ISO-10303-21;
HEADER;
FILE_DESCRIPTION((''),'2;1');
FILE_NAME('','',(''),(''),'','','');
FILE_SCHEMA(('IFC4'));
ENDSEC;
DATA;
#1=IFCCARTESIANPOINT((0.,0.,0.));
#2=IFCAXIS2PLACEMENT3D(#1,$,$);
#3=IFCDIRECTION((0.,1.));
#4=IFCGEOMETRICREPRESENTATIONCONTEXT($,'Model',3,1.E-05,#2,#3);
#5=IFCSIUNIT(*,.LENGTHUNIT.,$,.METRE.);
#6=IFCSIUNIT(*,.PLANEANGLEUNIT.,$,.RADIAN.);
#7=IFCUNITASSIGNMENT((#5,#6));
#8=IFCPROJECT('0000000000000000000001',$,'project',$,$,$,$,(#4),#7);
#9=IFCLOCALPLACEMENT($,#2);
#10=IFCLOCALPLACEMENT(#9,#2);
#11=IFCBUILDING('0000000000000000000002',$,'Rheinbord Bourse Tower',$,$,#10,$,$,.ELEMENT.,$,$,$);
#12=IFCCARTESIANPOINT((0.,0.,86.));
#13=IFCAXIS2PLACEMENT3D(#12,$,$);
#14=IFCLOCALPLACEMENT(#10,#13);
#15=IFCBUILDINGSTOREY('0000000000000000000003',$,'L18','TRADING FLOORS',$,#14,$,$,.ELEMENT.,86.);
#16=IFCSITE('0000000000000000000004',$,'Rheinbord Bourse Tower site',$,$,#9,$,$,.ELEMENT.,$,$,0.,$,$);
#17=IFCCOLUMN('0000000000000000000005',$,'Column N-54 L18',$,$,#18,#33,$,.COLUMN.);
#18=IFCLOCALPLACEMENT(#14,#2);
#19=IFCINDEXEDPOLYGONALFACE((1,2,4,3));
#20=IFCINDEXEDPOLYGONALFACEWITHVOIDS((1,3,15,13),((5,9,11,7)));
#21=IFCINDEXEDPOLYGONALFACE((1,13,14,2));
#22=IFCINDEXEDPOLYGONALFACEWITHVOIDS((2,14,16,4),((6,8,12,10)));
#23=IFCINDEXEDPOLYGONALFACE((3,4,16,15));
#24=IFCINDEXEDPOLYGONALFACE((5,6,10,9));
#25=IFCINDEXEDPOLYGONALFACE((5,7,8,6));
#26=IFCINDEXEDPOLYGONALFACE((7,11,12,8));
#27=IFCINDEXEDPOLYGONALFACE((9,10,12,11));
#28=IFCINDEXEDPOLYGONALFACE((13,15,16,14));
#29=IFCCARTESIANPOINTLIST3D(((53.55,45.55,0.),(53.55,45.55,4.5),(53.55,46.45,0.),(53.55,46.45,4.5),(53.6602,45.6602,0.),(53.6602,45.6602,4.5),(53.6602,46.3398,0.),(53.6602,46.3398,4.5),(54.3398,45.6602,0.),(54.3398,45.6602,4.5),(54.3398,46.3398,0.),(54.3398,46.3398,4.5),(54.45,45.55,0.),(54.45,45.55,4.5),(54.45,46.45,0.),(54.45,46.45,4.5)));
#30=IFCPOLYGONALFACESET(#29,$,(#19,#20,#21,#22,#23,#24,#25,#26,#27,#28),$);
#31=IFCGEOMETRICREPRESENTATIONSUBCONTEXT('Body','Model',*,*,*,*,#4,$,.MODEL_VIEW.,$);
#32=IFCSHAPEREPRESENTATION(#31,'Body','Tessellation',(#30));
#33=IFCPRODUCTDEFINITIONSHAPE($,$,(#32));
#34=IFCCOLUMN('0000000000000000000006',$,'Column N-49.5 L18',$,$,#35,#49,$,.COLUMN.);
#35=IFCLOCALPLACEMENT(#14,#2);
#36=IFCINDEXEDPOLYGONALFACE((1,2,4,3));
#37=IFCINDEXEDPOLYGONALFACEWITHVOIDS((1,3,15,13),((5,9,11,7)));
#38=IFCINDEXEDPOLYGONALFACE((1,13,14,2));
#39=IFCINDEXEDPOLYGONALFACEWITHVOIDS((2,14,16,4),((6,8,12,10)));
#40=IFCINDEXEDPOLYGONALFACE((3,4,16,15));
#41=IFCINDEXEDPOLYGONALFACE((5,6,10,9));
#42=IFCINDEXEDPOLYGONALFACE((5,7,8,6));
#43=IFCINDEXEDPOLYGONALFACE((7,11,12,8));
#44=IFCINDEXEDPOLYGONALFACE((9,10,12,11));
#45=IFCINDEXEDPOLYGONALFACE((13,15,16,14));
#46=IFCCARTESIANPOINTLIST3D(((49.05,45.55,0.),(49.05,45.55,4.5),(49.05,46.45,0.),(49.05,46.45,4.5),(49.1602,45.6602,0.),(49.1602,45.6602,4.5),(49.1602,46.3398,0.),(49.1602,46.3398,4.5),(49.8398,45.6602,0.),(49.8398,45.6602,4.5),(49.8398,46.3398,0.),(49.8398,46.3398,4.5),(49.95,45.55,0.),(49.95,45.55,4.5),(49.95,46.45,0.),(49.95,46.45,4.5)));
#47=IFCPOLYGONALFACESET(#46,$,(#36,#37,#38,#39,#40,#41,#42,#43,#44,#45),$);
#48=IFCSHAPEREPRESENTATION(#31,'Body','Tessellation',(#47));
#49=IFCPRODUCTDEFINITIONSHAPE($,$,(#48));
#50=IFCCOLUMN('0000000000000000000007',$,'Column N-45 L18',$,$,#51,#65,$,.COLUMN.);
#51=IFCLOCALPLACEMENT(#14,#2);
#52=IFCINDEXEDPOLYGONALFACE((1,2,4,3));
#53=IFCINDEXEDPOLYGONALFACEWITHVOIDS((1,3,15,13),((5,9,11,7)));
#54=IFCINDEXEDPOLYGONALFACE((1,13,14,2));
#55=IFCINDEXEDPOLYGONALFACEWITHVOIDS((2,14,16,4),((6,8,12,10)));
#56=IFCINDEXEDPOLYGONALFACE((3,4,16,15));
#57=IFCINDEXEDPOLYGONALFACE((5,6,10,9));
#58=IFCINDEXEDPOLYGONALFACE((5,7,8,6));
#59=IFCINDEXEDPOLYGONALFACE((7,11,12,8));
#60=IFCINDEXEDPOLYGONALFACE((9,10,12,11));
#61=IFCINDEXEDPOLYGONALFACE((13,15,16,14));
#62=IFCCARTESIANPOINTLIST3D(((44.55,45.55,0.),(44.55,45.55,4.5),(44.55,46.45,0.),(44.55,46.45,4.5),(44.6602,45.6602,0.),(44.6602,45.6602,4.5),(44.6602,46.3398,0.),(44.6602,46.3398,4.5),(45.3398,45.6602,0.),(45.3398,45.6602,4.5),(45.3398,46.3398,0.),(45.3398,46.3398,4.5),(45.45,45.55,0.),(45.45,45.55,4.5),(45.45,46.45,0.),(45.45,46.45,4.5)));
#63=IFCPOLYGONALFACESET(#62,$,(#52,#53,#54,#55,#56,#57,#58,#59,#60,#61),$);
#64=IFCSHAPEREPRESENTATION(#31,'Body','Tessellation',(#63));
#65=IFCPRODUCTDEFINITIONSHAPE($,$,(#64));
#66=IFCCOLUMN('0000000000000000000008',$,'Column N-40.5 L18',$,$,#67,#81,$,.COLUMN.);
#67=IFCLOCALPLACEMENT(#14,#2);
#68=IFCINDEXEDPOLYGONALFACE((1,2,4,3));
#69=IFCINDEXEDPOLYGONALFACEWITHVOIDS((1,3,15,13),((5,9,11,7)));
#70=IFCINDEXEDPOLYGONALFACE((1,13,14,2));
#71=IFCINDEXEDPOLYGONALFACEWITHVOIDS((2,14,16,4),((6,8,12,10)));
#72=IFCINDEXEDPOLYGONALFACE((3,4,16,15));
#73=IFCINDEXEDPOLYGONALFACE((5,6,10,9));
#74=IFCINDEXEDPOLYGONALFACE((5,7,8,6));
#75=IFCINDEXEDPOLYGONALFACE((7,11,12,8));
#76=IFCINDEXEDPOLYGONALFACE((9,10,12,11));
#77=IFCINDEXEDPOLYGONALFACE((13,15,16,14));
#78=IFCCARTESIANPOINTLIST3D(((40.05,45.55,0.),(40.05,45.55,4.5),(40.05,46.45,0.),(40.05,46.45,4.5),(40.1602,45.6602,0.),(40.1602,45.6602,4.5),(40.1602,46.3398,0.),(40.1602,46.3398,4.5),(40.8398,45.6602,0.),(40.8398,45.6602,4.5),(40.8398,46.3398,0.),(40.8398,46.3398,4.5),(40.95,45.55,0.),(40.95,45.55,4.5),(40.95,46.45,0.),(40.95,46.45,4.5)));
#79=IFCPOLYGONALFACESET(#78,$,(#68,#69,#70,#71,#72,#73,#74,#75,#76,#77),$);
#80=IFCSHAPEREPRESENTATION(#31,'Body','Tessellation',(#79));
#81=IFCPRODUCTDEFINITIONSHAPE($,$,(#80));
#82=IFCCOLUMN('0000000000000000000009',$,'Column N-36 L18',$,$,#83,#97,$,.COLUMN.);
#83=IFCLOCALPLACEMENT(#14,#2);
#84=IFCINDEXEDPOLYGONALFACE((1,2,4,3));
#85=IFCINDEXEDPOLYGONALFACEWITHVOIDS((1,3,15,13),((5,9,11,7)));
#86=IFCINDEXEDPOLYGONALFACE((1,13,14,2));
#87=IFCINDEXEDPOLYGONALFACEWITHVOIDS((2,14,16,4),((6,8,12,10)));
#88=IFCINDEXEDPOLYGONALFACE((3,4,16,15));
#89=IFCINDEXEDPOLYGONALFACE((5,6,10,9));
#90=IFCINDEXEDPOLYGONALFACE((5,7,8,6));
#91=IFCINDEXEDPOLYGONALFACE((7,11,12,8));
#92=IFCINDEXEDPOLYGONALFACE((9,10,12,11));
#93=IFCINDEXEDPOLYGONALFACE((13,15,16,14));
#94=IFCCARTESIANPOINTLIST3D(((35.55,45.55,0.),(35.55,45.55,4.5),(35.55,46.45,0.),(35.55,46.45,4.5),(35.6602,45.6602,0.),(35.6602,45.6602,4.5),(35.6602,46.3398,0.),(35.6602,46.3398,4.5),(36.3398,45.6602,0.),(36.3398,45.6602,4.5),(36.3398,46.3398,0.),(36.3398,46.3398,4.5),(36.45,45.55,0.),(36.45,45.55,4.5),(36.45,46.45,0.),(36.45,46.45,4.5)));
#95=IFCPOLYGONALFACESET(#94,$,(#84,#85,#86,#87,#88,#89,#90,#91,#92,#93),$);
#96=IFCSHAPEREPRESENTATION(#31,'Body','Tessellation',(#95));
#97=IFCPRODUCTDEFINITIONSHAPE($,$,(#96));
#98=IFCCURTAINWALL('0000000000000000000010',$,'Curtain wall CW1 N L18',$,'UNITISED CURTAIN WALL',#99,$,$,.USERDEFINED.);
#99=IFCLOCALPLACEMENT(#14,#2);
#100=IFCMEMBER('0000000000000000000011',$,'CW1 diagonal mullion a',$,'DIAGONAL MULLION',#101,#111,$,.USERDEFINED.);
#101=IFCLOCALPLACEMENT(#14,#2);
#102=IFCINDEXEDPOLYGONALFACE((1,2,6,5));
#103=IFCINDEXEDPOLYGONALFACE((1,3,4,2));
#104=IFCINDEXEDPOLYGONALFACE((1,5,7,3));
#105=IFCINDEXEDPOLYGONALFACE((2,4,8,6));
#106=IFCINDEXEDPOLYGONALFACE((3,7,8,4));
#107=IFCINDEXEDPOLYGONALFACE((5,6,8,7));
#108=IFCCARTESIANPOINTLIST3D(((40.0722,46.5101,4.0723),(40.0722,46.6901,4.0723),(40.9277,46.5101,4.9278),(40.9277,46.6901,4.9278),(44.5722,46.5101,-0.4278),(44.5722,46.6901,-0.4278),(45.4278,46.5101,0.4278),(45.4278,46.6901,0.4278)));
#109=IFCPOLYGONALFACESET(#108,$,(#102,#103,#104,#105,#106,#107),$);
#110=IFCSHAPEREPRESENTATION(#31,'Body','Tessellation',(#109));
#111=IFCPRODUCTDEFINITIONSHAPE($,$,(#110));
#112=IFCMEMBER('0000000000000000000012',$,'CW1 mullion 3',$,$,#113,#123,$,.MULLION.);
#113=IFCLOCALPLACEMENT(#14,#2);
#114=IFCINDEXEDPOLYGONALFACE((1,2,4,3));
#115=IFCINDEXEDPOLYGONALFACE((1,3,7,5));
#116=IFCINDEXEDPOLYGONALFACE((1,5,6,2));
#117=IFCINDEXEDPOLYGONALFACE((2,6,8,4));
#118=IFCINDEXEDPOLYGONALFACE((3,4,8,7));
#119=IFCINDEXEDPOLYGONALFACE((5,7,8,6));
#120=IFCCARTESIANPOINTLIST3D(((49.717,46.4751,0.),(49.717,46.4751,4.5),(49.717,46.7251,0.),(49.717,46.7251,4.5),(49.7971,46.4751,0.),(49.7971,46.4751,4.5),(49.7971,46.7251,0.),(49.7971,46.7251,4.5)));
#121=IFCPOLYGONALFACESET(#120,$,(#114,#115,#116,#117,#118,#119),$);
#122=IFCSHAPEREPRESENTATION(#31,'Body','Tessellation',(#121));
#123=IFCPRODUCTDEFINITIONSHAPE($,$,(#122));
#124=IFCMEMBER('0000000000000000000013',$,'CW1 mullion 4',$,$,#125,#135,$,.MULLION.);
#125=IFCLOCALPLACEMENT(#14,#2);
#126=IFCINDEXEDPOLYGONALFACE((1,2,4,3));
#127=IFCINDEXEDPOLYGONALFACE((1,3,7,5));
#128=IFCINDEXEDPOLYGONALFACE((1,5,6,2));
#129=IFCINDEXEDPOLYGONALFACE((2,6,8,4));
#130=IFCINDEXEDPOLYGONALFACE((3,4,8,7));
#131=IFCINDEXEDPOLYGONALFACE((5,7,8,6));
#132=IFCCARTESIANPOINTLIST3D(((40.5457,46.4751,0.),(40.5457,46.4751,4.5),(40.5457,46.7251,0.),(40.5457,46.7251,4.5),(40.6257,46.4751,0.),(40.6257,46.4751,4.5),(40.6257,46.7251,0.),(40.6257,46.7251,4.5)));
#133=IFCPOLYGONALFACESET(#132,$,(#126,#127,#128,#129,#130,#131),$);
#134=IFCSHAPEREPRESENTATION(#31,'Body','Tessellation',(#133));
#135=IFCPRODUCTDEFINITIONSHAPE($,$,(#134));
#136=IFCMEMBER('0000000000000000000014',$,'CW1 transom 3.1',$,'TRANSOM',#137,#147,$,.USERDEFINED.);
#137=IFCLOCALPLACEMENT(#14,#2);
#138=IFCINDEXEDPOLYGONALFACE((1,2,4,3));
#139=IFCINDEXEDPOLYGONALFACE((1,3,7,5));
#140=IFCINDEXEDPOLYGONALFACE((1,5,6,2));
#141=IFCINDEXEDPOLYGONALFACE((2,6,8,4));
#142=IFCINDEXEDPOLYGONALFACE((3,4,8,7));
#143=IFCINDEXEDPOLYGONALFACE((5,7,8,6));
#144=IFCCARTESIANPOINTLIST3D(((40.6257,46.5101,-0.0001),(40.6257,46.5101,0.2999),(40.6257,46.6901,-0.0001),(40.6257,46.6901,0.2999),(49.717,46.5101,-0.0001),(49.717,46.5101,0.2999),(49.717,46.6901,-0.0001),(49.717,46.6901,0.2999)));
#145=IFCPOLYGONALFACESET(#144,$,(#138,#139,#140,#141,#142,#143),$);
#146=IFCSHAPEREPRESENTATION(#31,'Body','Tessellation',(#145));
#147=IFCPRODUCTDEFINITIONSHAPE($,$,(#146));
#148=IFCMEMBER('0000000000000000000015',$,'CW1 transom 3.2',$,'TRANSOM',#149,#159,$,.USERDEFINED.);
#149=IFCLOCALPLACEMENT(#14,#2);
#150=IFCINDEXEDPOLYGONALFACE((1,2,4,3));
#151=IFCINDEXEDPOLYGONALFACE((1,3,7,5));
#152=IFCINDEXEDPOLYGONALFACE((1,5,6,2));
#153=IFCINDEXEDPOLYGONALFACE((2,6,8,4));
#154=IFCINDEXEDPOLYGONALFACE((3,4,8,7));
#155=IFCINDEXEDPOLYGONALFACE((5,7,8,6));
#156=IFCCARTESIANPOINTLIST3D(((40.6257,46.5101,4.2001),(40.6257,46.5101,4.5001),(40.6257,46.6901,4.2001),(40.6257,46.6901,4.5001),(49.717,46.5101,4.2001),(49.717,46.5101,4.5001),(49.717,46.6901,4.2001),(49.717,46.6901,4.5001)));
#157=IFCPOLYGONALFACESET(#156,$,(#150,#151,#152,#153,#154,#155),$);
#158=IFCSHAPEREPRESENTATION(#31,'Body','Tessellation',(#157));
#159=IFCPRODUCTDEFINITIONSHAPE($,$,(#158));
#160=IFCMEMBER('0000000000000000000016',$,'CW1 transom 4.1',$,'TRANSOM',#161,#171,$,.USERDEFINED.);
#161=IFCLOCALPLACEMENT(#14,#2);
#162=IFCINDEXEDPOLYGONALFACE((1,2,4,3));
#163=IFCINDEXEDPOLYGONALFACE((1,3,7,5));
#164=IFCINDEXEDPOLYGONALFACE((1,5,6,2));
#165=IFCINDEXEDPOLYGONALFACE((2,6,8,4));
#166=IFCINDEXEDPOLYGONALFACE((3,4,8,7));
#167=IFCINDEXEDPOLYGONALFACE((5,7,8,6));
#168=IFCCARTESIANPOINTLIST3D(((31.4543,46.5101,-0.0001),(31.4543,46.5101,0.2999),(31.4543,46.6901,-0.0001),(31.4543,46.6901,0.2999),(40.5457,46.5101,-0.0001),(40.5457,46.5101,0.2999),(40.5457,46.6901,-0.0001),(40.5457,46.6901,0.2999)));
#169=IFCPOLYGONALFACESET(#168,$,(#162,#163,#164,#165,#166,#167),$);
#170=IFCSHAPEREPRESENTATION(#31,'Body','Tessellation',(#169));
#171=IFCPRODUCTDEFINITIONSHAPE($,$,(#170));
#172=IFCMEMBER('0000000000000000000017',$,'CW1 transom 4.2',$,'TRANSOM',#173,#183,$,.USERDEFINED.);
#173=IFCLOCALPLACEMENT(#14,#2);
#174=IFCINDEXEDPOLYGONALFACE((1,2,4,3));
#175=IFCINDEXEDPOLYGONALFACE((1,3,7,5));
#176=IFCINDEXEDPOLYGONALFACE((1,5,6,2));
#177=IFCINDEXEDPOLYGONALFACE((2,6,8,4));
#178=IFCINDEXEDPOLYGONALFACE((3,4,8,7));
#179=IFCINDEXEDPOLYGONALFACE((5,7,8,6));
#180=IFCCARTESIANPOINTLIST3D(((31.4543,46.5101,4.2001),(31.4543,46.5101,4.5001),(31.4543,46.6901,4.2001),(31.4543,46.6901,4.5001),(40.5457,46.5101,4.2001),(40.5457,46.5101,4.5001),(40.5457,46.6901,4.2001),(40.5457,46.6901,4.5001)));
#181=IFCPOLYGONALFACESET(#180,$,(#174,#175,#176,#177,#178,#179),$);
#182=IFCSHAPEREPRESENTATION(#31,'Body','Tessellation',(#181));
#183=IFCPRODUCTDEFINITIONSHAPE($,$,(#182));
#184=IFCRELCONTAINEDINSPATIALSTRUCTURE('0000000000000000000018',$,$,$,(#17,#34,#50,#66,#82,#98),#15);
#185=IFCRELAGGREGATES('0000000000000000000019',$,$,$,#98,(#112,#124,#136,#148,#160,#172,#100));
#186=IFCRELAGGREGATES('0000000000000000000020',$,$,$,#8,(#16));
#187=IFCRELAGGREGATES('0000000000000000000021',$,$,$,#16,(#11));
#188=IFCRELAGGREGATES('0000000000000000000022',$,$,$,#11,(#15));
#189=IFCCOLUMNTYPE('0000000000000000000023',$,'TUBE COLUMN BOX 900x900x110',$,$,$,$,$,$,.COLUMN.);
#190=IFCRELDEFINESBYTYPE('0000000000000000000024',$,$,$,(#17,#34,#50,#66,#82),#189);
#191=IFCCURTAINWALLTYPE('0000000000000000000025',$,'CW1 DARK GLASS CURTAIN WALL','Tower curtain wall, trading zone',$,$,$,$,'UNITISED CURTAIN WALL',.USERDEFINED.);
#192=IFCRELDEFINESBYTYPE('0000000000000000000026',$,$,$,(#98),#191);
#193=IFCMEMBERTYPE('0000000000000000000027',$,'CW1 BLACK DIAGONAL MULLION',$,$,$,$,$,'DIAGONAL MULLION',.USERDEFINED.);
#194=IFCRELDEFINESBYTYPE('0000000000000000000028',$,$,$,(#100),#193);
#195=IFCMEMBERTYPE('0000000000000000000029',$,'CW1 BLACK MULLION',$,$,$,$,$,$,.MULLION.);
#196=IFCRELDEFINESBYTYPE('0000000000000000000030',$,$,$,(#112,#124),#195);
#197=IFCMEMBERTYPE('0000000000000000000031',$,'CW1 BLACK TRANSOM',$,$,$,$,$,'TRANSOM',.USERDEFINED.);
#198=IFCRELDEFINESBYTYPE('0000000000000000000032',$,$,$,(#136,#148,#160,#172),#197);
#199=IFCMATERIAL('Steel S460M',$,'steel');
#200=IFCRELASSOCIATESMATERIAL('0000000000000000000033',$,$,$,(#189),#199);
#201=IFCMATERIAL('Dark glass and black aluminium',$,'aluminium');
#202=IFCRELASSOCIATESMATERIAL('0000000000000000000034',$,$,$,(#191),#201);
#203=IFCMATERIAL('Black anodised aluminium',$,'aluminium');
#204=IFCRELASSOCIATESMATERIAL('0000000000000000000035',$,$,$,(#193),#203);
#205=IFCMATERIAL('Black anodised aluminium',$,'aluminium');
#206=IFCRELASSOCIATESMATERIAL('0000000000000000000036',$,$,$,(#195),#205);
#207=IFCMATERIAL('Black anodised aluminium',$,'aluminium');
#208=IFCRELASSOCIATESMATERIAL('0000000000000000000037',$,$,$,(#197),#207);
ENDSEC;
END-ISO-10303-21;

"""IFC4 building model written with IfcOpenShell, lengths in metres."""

from ifc_helpers import new_model, si_unit, direction, frame, origin, origin_2d, place, context, subcontext, project, spatial, rectangle, hollow_rectangle, extrude, material, material_profile, profile_set, type_object, element, aggregate, save


model = new_model("IFC4")

# Units and contexts
model_context = context("Model", 3, precision=1e-05, world=origin(), true_north=direction((0.0, 1.0)))
body_context = subcontext(model_context, "Body", "Model", "MODEL_VIEW")
ifc_project = project(units=[si_unit("LENGTHUNIT", "METRE"), si_unit("PLANEANGLEUNIT", "RADIAN")], contexts=[model_context])

# Site, building, storey
site_placement = place(None, origin())
site = spatial("IfcSite", under=ifc_project, at=site_placement, Name="Rheinbord Bourse Tower site", CompositionType="ELEMENT", RefElevation=0.0)
building_placement = place(site_placement, origin())
building = spatial("IfcBuilding", under=site, at=building_placement, Name="Rheinbord Bourse Tower", CompositionType="ELEMENT")
storey_placement = place(building_placement, frame((0.0, 0.0, 86.0)))
storey = spatial("IfcBuildingStorey", under=building, at=storey_placement, Name="L18", Description="TRADING FLOORS", CompositionType="ELEMENT", Elevation=86.0)

# Columns
ifc_material_1 = material(Name="Steel S460M", Category="steel")
ifc_material_profile_1 = material_profile(ifc_material_1, hollow_rectangle(XDim=0.8999, YDim=0.8999, WallThickness=0.1101, at=origin_2d()), Name="BOX 900x900x110")
ifc_profile_set_1 = profile_set([ifc_material_profile_1], Name="Steel S460M")
column_type = type_object("IfcColumnType", Name="TUBE COLUMN BOX 900x900x110", PredefinedType="COLUMN", material=ifc_profile_set_1)
for number, where, z_axis, x_axis, name in (
    (1, (54.0, 46.0, 0.0), (0.0, 0.0, 1.0), (0.0, 1.0, 0.0), "Column N-54 L18"),
    (2, (49.5, 46.0, 0.0), (0.0, 0.0, 1.0), (0.0, 1.0, 0.0), "Column N-49.5 L18"),
    (3, (45.0, 46.0, 0.0), (0.0, 0.0, 1.0), (0.0, 1.0, 0.0), "Column N-45 L18"),
    (4, (40.5, 46.0, 0.0), (0.0, 0.0, 1.0), (0.0, 1.0, 0.0), "Column N-40.5 L18"),
    (5, (36.0, 46.0, 0.0), (0.0, 0.0, 1.0), (0.0, 1.0, 0.0), "Column N-36 L18"),
):
    element("IfcColumn", number, at=place(storey_placement, frame(where, z_axis=z_axis, x_axis=x_axis)), inside=storey, type_object=column_type, Name=name, PredefinedType="COLUMN", context=body_context, shape_type="SweptSolid", body=[
        extrude(hollow_rectangle(XDim=0.8999, YDim=0.8999, WallThickness=0.1101, at=origin_2d()), origin(), (0.0, 0.0, 1.0), 4.5),
    ])

# Curtain wall, members
ifc_material_2 = material(Name="Dark glass and black aluminium", Category="aluminium")
curtain_wall_type = type_object("IfcCurtainWallType", Name="CW1 DARK GLASS CURTAIN WALL", Description="Tower curtain wall, trading zone", ElementType="UNITISED CURTAIN WALL", PredefinedType="USERDEFINED", material=ifc_material_2)
curtain_wall_placement = place(storey_placement, origin())
curtain_wall = element("IfcCurtainWall", 6, at=curtain_wall_placement, inside=storey, type_object=curtain_wall_type, Name="Curtain wall CW1 N L18", ObjectType="UNITISED CURTAIN WALL", PredefinedType="USERDEFINED")
ifc_material_3 = material(Name="Black anodised aluminium", Category="aluminium")
ifc_material_profile_2 = material_profile(ifc_material_3, rectangle(XDim=0.1799, YDim=1.21, at=origin_2d()), Name="CW1 DIAGONAL MULLION 1210x180")
ifc_profile_set_2 = profile_set([ifc_material_profile_2], Name="Black anodised aluminium")
member_type_1 = type_object("IfcMemberType", Name="CW1 BLACK DIAGONAL MULLION", ElementType="DIAGONAL MULLION", PredefinedType="USERDEFINED", material=ifc_profile_set_2)
member_1_placement = place(storey_placement, frame((45.0, 46.6001, 0.0), z_axis=(-0.707107, 0.0, 0.707107), x_axis=(0.0, -1.0, 0.0)))
member_1 = element("IfcMember", 7, at=member_1_placement, type_object=member_type_1, Name="CW1 diagonal mullion a", ObjectType="DIAGONAL MULLION", PredefinedType="USERDEFINED", context=body_context, shape_type="SweptSolid", body=[
    extrude(rectangle(XDim=0.1799, YDim=1.21, at=origin_2d()), origin(), (0.0, 0.0, 1.0), 6.364),
])
ifc_material_4 = material(Name="Black anodised aluminium", Category="aluminium")
ifc_material_profile_3 = material_profile(ifc_material_4, rectangle(XDim=0.25, YDim=0.0801, at=origin_2d()), Name="CW1 MULLION 80x250")
ifc_profile_set_3 = profile_set([ifc_material_profile_3], Name="Black anodised aluminium")
member_type_2 = type_object("IfcMemberType", Name="CW1 BLACK MULLION", PredefinedType="MULLION", material=ifc_profile_set_3)
member_2_placement = place(storey_placement, frame((49.7571, 46.6001, 0.0), z_axis=(0.0, 0.0, 1.0), x_axis=(0.0, -1.0, 0.0)))
member_2 = element("IfcMember", 8, at=member_2_placement, type_object=member_type_2, Name="CW1 mullion 3", PredefinedType="MULLION", context=body_context, shape_type="SweptSolid", body=[
    extrude(rectangle(XDim=0.25, YDim=0.0801, at=origin_2d()), origin(), (0.0, 0.0, 1.0), 4.5),
])
member_3_placement = place(storey_placement, frame((40.5857, 46.6001, 0.0), z_axis=(0.0, 0.0, 1.0), x_axis=(0.0, -1.0, 0.0)))
member_3 = element("IfcMember", 9, at=member_3_placement, type_object=member_type_2, Name="CW1 mullion 4", PredefinedType="MULLION", context=body_context, shape_type="SweptSolid", body=[
    extrude(rectangle(XDim=0.25, YDim=0.0801, at=origin_2d()), origin(), (0.0, 0.0, 1.0), 4.5),
])
ifc_material_5 = material(Name="Black anodised aluminium", Category="aluminium")
ifc_material_profile_4 = material_profile(ifc_material_5, rectangle(XDim=0.1799, YDim=0.3, at=origin_2d()), Name="CW1 TRANSOM 300x180")
ifc_profile_set_4 = profile_set([ifc_material_profile_4], Name="Black anodised aluminium")
member_type_3 = type_object("IfcMemberType", Name="CW1 BLACK TRANSOM", ElementType="TRANSOM", PredefinedType="USERDEFINED", material=ifc_profile_set_4)
member_4_placement = place(storey_placement, frame((49.717, 46.6001, 0.1499), z_axis=(-1.0, 0.0, 0.0), x_axis=(0.0, -1.0, 0.0)))
member_4 = element("IfcMember", 10, at=member_4_placement, type_object=member_type_3, Name="CW1 transom 3.1", ObjectType="TRANSOM", PredefinedType="USERDEFINED", context=body_context, shape_type="SweptSolid", body=[
    extrude(rectangle(XDim=0.1799, YDim=0.3, at=origin_2d()), origin(), (0.0, 0.0, 1.0), 9.0913),
])
member_5_placement = place(storey_placement, frame((49.717, 46.6001, 4.3501), z_axis=(-1.0, 0.0, 0.0), x_axis=(0.0, -1.0, 0.0)))
member_5 = element("IfcMember", 11, at=member_5_placement, type_object=member_type_3, Name="CW1 transom 3.2", ObjectType="TRANSOM", PredefinedType="USERDEFINED", context=body_context, shape_type="SweptSolid", body=[
    extrude(rectangle(XDim=0.1799, YDim=0.3, at=origin_2d()), origin(), (0.0, 0.0, 1.0), 9.0913),
])
member_6_placement = place(storey_placement, frame((40.5457, 46.6001, 0.1499), z_axis=(-1.0, 0.0, 0.0), x_axis=(0.0, -1.0, 0.0)))
member_6 = element("IfcMember", 12, at=member_6_placement, type_object=member_type_3, Name="CW1 transom 4.1", ObjectType="TRANSOM", PredefinedType="USERDEFINED", context=body_context, shape_type="SweptSolid", body=[
    extrude(rectangle(XDim=0.1799, YDim=0.3, at=origin_2d()), origin(), (0.0, 0.0, 1.0), 9.0913),
])
member_7_placement = place(storey_placement, frame((40.5457, 46.6001, 4.3501), z_axis=(-1.0, 0.0, 0.0), x_axis=(0.0, -1.0, 0.0)))
member_7 = element("IfcMember", 13, at=member_7_placement, type_object=member_type_3, Name="CW1 transom 4.2", ObjectType="TRANSOM", PredefinedType="USERDEFINED", context=body_context, shape_type="SweptSolid", body=[
    extrude(rectangle(XDim=0.1799, YDim=0.3, at=origin_2d()), origin(), (0.0, 0.0, 1.0), 9.0913),
])

aggregate(curtain_wall, [member_2, member_3, member_4, member_5, member_6, member_7, member_1])

save(model, "model.ifc")
